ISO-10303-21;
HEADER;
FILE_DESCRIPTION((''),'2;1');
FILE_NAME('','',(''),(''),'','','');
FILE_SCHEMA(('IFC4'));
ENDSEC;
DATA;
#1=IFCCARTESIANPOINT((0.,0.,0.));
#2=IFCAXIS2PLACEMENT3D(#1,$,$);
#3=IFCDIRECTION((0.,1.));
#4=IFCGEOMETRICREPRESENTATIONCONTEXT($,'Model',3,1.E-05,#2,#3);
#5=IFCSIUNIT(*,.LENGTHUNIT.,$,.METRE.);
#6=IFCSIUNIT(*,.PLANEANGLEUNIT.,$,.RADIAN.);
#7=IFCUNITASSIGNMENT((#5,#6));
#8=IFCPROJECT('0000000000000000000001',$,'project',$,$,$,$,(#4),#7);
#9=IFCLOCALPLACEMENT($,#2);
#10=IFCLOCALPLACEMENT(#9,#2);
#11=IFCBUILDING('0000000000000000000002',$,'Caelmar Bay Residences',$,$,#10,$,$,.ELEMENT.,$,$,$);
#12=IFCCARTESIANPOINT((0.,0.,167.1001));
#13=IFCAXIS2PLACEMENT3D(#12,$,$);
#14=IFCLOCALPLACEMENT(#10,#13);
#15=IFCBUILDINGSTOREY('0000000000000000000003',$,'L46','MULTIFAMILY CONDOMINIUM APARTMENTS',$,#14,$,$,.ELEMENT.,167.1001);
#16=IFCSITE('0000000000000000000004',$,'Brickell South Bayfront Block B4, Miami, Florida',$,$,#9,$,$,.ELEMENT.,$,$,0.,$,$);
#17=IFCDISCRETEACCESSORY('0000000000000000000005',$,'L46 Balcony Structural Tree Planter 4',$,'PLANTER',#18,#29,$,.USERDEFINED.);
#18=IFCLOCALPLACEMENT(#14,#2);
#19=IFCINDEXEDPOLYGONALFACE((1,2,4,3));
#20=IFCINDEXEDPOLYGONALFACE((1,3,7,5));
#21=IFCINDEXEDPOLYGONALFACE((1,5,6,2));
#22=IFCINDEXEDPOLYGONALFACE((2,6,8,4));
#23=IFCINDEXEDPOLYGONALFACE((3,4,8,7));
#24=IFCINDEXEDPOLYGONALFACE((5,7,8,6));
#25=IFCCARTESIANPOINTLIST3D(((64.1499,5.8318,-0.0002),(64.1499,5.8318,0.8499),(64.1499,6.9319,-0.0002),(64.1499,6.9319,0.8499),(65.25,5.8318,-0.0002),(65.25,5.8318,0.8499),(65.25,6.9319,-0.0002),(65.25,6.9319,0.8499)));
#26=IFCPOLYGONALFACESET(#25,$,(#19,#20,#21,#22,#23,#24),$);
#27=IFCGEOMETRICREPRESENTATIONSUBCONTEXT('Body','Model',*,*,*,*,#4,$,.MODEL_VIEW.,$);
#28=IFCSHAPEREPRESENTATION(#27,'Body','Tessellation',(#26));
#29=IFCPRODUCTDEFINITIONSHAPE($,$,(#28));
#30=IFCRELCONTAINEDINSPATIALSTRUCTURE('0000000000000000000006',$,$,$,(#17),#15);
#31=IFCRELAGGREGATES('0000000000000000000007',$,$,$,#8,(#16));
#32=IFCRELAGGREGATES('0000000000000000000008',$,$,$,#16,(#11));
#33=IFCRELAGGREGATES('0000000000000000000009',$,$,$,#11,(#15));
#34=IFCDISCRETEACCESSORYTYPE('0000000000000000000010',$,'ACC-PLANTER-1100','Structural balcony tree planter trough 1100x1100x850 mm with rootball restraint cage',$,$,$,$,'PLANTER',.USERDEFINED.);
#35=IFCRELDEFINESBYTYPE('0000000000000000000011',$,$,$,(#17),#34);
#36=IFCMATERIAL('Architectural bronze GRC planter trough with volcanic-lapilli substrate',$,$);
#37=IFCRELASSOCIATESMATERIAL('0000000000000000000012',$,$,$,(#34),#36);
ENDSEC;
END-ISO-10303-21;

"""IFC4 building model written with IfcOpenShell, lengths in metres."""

from ifc_helpers import new_model, si_unit, direction, frame, origin, origin_2d, place, context, subcontext, project, spatial, rectangle, extrude, material, type_object, element, save


model = new_model("IFC4")

# Units and contexts
model_context = context("Model", 3, precision=1e-05, world=origin(), true_north=direction((0.0, 1.0)))
body_context = subcontext(model_context, "Body", "Model", "MODEL_VIEW")
ifc_project = project(units=[si_unit("LENGTHUNIT", "METRE"), si_unit("PLANEANGLEUNIT", "RADIAN")], contexts=[model_context])

# Site, building, storey
site_placement = place(None, origin())
site = spatial("IfcSite", under=ifc_project, at=site_placement, Name="Brickell South Bayfront Block B4, Miami, Florida", CompositionType="ELEMENT", RefElevation=0.0)
building_placement = place(site_placement, origin())
building = spatial("IfcBuilding", under=site, at=building_placement, Name="Caelmar Bay Residences", CompositionType="ELEMENT")
storey_placement = place(building_placement, frame((0.0, 0.0, 167.1001)))
storey = spatial("IfcBuildingStorey", under=building, at=storey_placement, Name="L46", Description="MULTIFAMILY CONDOMINIUM APARTMENTS", CompositionType="ELEMENT", Elevation=167.1001)

# Discrete accessory
ifc_material_1 = material(Name="Architectural bronze GRC planter trough with volcanic-lapilli substrate")
discrete_accessory_type = type_object("IfcDiscreteAccessoryType", Name="ACC-PLANTER-1100", Description="Structural balcony tree planter trough 1100x1100x850 mm with rootball restraint cage", ElementType="PLANTER", PredefinedType="USERDEFINED", material=ifc_material_1)
discrete_accessory_placement = place(storey_placement, frame((64.7, 6.3818, -0.0002), z_axis=(0.0, 0.0, 1.0), x_axis=(1.0, 0.0, 0.0)))
element("IfcDiscreteAccessory", 1, at=discrete_accessory_placement, inside=storey, type_object=discrete_accessory_type, Name="L46 Balcony Structural Tree Planter 4", ObjectType="PLANTER", PredefinedType="USERDEFINED", context=body_context, shape_type="SweptSolid", body=[
    extrude(rectangle(XDim=1.1001, YDim=1.1001, at=origin_2d()), origin(), (0.0, 0.0, 1.0), 0.8501),
])

save(model, "model.ifc")
